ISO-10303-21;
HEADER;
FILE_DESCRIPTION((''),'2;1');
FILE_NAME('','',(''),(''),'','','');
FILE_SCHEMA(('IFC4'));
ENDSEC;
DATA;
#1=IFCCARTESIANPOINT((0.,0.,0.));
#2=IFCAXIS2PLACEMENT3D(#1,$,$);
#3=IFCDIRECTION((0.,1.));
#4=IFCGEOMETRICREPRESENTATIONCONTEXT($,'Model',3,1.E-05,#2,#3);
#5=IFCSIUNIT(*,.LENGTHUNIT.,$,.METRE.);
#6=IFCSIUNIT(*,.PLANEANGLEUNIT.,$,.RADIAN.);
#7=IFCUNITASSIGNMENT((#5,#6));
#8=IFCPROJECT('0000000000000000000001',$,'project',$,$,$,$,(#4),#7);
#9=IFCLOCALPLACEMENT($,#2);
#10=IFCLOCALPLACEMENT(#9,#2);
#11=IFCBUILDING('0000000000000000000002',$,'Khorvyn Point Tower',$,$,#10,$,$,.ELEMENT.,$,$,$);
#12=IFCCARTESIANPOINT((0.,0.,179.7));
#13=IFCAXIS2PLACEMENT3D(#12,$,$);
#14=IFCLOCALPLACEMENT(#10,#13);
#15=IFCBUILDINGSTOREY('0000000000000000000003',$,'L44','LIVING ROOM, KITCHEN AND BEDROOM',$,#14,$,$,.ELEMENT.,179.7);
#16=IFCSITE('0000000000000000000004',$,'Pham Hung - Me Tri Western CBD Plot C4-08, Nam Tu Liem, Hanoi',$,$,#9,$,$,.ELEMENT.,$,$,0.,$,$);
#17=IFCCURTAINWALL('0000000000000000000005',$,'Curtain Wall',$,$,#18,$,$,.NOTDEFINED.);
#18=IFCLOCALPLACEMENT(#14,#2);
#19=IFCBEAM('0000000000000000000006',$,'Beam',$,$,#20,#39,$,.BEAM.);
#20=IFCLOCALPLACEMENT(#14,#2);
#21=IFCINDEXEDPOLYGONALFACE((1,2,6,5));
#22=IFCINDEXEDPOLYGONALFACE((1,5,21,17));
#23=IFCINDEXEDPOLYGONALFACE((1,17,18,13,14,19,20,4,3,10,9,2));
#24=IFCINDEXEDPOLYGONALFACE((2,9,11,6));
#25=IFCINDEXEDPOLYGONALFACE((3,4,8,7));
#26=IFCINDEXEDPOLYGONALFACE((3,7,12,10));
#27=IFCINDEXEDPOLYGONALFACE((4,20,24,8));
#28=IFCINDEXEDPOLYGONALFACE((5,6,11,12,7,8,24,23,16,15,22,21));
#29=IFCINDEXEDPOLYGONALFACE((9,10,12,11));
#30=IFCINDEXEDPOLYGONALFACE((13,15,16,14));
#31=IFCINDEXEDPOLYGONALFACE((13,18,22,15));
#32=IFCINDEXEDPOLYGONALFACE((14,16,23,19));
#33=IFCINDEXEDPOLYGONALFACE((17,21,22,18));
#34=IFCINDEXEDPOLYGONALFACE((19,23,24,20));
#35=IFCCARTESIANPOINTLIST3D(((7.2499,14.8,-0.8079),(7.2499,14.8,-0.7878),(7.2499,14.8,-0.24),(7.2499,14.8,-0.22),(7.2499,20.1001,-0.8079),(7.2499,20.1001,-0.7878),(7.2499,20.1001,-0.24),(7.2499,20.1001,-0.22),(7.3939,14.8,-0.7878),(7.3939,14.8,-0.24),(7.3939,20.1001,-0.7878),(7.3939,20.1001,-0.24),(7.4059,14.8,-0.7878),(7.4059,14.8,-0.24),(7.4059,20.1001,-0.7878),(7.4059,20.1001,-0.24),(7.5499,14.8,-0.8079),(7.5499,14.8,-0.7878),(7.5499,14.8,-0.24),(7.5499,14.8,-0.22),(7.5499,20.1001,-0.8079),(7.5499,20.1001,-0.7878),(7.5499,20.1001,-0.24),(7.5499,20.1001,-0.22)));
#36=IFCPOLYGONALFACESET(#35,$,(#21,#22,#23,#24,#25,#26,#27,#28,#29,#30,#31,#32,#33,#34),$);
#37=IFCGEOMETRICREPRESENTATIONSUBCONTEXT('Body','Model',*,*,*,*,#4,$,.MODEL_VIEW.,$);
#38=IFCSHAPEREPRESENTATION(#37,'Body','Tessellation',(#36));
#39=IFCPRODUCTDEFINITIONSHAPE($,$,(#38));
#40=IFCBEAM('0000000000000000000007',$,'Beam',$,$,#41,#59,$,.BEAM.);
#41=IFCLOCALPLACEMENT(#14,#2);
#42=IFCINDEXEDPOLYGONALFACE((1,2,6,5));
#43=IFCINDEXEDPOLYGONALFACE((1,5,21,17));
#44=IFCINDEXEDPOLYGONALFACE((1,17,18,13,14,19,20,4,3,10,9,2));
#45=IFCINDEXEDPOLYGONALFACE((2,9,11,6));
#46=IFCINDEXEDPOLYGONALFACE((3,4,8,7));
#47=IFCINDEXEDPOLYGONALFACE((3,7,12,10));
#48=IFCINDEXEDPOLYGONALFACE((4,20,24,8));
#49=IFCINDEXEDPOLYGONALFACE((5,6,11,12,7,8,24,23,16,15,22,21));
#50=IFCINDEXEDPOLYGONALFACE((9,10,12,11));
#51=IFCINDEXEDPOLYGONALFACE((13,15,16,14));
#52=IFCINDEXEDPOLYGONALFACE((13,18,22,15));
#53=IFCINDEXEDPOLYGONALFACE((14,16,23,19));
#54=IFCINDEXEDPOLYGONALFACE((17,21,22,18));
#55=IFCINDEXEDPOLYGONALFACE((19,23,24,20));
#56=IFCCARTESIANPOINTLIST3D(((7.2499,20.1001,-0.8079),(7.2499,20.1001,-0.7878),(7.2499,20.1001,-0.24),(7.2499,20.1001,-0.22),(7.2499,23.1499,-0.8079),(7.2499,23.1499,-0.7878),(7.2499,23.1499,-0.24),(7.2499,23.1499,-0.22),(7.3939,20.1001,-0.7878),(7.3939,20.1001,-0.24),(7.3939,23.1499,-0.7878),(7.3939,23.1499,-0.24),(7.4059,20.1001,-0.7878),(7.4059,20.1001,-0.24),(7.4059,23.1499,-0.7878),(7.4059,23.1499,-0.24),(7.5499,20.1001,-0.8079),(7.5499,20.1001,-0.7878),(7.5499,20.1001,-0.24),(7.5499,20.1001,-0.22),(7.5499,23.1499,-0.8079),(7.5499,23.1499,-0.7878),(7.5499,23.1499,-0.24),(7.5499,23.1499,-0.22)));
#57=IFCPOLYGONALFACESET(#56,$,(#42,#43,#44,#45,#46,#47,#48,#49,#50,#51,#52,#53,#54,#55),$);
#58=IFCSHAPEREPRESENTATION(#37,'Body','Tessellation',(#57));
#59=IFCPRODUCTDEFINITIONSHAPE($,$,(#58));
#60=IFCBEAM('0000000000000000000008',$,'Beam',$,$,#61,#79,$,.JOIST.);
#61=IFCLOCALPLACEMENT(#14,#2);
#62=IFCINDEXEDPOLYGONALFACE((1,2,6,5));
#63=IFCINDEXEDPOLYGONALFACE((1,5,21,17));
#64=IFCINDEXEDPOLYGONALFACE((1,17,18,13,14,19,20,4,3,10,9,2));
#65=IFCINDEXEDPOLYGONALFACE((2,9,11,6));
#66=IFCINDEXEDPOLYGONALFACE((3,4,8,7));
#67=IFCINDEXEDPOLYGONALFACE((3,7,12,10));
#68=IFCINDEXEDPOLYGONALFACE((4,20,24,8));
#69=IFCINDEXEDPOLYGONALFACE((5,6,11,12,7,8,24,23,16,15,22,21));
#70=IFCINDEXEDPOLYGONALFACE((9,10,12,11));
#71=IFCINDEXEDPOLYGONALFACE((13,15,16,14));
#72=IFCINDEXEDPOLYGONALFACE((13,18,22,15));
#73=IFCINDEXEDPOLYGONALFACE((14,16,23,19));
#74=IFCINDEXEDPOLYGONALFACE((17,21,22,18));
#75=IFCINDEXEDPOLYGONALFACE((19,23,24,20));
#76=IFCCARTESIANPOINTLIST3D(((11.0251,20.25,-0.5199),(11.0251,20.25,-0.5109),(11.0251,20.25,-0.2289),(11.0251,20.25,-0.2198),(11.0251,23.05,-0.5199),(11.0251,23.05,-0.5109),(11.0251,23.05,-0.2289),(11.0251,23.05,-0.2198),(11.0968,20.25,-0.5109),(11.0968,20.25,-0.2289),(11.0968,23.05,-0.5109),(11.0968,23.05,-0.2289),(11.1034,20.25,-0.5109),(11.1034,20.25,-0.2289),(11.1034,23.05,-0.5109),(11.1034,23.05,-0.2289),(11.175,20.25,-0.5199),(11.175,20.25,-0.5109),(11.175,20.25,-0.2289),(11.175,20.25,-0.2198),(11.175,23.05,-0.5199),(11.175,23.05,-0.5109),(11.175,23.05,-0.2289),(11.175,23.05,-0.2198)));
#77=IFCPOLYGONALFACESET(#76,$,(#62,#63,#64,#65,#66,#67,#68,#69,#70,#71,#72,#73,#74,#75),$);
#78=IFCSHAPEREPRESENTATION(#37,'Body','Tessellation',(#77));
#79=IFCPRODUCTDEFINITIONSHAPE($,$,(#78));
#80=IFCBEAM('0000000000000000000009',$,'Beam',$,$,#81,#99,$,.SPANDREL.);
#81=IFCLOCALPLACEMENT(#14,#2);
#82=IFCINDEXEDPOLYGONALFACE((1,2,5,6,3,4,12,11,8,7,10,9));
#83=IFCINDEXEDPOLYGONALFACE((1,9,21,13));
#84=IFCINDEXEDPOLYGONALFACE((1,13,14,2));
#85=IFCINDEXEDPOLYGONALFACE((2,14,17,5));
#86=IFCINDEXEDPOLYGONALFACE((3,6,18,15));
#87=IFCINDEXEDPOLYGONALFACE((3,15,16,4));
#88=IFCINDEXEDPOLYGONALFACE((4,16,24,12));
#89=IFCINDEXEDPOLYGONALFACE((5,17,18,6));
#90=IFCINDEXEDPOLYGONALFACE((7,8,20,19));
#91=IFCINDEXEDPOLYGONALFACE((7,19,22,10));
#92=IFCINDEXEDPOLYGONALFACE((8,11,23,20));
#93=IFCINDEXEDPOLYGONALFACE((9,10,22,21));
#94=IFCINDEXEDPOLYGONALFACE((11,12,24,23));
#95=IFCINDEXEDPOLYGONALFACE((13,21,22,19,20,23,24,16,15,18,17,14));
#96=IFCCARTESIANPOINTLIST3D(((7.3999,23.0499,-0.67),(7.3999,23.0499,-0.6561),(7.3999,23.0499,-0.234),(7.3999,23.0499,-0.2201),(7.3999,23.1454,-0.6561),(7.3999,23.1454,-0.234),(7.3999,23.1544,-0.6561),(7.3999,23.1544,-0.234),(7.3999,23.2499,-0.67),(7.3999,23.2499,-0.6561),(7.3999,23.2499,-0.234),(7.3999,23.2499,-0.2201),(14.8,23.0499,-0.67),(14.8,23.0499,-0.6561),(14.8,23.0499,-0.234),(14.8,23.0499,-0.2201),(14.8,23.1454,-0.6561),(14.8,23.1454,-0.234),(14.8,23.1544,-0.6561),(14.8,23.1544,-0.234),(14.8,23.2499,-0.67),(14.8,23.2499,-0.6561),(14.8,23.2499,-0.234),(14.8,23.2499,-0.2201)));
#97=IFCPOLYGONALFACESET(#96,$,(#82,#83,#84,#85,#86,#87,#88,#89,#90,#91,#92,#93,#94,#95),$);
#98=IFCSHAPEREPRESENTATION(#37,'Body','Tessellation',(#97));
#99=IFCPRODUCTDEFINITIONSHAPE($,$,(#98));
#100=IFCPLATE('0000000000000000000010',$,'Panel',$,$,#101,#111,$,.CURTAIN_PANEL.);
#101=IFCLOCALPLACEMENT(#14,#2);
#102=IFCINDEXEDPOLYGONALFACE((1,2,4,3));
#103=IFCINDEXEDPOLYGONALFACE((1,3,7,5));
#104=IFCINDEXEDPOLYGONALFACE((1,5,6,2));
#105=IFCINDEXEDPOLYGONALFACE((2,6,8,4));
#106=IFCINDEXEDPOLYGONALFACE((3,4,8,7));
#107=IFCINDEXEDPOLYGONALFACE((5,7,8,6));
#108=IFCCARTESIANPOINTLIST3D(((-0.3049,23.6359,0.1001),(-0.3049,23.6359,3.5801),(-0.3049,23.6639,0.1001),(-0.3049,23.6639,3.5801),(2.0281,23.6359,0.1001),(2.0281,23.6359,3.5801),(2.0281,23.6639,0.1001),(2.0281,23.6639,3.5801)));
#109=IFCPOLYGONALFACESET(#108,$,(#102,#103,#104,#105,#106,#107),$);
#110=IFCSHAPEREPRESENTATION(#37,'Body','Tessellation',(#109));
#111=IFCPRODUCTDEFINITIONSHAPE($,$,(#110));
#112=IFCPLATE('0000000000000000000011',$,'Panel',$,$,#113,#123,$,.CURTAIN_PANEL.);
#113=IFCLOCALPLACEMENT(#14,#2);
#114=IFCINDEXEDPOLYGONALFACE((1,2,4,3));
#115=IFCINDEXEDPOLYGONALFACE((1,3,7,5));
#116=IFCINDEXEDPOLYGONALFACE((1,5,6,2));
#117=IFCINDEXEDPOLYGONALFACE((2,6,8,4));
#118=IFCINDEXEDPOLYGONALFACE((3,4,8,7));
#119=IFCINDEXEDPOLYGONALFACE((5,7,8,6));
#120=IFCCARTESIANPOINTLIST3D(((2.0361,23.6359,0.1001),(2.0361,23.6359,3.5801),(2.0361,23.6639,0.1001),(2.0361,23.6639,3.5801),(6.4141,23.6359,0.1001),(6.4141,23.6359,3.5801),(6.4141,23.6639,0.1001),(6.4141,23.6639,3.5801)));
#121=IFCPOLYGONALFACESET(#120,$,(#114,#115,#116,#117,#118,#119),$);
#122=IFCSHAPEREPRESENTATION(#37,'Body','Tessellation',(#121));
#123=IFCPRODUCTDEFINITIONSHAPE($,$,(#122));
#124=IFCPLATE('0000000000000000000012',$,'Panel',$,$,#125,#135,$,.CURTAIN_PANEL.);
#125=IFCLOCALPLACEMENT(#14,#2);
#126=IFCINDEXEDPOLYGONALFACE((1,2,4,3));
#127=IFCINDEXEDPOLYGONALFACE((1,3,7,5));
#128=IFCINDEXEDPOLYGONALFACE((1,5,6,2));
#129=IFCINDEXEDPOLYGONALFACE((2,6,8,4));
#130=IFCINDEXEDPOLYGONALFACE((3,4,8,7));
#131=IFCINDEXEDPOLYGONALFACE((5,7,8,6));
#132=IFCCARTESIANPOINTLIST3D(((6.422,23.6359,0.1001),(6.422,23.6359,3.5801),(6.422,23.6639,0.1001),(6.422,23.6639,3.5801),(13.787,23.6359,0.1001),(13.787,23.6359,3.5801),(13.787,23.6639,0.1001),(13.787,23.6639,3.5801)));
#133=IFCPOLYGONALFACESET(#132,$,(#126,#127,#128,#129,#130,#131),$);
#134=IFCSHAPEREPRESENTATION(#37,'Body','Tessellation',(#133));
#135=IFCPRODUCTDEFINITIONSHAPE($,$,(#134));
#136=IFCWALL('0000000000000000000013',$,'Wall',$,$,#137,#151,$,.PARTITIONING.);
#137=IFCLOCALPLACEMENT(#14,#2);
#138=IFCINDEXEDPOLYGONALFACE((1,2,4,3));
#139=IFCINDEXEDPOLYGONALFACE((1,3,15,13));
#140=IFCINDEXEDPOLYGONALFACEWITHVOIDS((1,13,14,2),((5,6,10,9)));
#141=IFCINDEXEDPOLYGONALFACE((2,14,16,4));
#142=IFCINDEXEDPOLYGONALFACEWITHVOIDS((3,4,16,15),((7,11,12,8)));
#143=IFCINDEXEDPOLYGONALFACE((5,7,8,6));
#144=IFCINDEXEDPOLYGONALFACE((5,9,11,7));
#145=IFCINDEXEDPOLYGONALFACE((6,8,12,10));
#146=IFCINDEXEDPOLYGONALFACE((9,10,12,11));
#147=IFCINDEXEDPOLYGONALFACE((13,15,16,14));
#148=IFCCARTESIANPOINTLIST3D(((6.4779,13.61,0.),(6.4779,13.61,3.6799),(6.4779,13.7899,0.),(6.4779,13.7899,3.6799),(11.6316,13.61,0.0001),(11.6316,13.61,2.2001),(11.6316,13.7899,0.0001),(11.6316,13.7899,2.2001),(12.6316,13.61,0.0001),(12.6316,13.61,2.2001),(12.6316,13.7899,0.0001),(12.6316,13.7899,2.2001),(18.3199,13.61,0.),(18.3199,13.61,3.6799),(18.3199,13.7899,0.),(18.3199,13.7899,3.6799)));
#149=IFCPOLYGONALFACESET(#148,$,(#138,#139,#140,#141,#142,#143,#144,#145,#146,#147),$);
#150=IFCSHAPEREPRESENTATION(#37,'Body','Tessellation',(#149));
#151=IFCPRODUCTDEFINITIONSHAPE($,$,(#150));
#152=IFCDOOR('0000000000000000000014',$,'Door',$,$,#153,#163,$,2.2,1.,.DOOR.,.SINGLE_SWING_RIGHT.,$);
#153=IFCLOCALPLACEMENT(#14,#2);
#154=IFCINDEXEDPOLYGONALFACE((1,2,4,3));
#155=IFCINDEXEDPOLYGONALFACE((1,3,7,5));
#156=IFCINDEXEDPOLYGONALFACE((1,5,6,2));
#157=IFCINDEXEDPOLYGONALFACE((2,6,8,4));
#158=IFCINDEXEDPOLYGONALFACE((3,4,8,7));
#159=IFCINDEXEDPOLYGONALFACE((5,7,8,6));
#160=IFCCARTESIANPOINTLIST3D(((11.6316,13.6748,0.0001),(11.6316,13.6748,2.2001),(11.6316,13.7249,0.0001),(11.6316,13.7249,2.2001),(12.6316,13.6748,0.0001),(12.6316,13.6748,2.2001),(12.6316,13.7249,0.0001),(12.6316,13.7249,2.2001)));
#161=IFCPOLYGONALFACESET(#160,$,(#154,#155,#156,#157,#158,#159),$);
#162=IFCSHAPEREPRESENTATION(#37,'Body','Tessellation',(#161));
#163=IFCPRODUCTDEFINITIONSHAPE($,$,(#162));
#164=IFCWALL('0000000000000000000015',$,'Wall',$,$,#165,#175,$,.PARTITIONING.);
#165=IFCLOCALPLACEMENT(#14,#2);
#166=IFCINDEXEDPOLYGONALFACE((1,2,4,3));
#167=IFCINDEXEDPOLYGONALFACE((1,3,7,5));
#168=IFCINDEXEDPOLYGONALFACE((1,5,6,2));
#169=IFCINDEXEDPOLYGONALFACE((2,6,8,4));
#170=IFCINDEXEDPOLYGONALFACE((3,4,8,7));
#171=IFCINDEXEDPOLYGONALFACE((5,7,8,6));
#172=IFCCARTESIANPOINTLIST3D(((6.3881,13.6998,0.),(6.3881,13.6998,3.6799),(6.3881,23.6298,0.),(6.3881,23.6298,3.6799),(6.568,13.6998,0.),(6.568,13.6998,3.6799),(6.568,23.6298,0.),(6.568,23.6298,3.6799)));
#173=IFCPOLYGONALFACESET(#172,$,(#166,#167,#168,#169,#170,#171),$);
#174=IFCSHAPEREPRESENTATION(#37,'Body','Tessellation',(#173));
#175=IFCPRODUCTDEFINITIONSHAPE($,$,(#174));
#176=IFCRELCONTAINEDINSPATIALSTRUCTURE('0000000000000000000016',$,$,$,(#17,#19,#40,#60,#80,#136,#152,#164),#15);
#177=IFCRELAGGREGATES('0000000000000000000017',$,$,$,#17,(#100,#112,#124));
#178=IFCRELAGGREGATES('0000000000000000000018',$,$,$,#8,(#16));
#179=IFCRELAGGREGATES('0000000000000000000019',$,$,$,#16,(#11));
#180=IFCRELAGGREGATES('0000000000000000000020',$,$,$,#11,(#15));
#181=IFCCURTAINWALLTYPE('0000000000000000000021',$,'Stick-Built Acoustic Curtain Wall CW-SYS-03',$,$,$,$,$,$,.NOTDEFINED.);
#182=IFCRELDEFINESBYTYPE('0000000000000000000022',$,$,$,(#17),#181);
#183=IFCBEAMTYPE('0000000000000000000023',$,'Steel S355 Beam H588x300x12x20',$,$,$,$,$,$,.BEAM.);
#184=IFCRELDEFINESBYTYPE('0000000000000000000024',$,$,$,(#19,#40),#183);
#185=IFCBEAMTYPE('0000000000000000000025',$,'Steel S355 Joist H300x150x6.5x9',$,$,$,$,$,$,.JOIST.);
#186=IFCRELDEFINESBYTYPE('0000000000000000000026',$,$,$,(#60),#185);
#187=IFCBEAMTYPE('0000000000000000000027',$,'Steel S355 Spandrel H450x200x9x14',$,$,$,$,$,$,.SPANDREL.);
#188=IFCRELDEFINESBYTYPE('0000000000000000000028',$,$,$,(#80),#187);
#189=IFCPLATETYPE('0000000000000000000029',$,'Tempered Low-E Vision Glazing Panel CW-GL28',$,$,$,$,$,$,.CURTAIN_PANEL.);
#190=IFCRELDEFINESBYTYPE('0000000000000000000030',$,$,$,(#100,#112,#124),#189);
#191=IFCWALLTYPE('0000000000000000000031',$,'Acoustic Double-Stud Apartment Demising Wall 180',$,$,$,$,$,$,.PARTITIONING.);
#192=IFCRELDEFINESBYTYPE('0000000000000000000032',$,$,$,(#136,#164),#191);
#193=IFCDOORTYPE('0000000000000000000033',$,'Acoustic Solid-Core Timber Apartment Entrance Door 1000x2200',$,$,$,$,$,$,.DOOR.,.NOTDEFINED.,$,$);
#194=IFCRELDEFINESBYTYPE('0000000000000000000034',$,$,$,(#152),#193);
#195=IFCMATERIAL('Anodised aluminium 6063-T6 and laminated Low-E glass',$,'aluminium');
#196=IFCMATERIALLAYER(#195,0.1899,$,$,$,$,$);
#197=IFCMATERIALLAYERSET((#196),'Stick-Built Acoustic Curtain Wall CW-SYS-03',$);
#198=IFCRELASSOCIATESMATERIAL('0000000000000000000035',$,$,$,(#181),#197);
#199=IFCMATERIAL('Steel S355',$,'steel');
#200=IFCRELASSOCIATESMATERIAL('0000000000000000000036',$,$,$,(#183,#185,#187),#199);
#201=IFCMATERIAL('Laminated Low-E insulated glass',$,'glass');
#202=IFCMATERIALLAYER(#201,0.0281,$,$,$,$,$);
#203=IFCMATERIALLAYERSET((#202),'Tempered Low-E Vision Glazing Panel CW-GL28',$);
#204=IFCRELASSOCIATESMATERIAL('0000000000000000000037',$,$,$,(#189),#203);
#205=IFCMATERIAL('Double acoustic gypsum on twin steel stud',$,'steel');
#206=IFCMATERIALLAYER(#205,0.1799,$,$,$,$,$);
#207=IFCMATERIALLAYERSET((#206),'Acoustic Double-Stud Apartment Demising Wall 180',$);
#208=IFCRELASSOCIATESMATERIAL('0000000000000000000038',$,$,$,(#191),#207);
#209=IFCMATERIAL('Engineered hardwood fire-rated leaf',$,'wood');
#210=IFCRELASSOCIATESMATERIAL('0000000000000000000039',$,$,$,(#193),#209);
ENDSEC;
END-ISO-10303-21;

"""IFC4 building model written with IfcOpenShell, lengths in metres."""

from ifc_helpers import new_model, si_unit, direction, frame, frame_2d, origin, origin_2d, place, context, subcontext, project, spatial, rectangle, i_section, extrude, material, layer, layer_set, material_profile, profile_set, type_object, element, fill, aggregate, save


model = new_model("IFC4")

# Units and contexts
model_context = context("Model", 3, precision=1e-05, world=origin(), true_north=direction((0.0, 1.0)))
body_context = subcontext(model_context, "Body", "Model", "MODEL_VIEW")
ifc_project = project(units=[si_unit("LENGTHUNIT", "METRE"), si_unit("PLANEANGLEUNIT", "RADIAN")], contexts=[model_context])

# Site, building, storey
site_placement = place(None, origin())
site = spatial("IfcSite", under=ifc_project, at=site_placement, Name="Pham Hung - Me Tri Western CBD Plot C4-08, Nam Tu Liem, Hanoi", CompositionType="ELEMENT", RefElevation=0.0)
building_placement = place(site_placement, origin())
building = spatial("IfcBuilding", under=site, at=building_placement, Name="Khorvyn Point Tower", CompositionType="ELEMENT")
storey_placement = place(building_placement, frame((0.0, 0.0, 179.7)))
storey = spatial("IfcBuildingStorey", under=building, at=storey_placement, Name="L44", Description="LIVING ROOM, KITCHEN AND BEDROOM", CompositionType="ELEMENT", Elevation=179.7)

# Curtain wall
ifc_material_1 = material(Name="Anodised aluminium 6063-T6 and laminated Low-E glass", Category="aluminium")
ifc_layer_1 = layer(ifc_material_1, 0.1899)
ifc_layer_set_1 = layer_set([ifc_layer_1], Name="Stick-Built Acoustic Curtain Wall CW-SYS-03")
curtain_wall_type = type_object("IfcCurtainWallType", Name="Stick-Built Acoustic Curtain Wall CW-SYS-03", PredefinedType="NOTDEFINED", material=ifc_layer_set_1)
curtain_wall_placement = place(storey_placement, origin())
curtain_wall = element("IfcCurtainWall", 1, at=curtain_wall_placement, inside=storey, type_object=curtain_wall_type, Name="Curtain Wall", PredefinedType="NOTDEFINED")

# Beams
ifc_material_2 = material(Name="Steel S355", Category="steel")
ifc_material_profile_1 = material_profile(ifc_material_2, i_section(OverallWidth=0.3, OverallDepth=0.5879, WebThickness=0.012, FlangeThickness=0.02, at=origin_2d()))
ifc_profile_set_1 = profile_set([ifc_material_profile_1], Name="Steel S355 H588x300x12x20")
beam_type_1 = type_object("IfcBeamType", Name="Steel S355 Beam H588x300x12x20", PredefinedType="BEAM", material=ifc_profile_set_1)
beam_1_placement = place(storey_placement, frame((7.3999, 14.8, -0.5139), z_axis=(0.0, 1.0, 0.0), x_axis=(-1.0, 0.0, 0.0)))
element("IfcBeam", 2, at=beam_1_placement, inside=storey, type_object=beam_type_1, Name="Beam", PredefinedType="BEAM", context=body_context, shape_type="SweptSolid", body=[
    extrude(i_section(OverallWidth=0.3, OverallDepth=0.5879, WebThickness=0.012, FlangeThickness=0.02, at=origin_2d()), origin(), (0.0, 0.0, 1.0), 5.3),
])
beam_2_placement = place(storey_placement, frame((7.3999, 20.1001, -0.5139), z_axis=(0.0, 1.0, 0.0), x_axis=(-1.0, 0.0, 0.0)))
element("IfcBeam", 3, at=beam_2_placement, inside=storey, type_object=beam_type_1, Name="Beam", PredefinedType="BEAM", context=body_context, shape_type="SweptSolid", body=[
    extrude(i_section(OverallWidth=0.3, OverallDepth=0.5879, WebThickness=0.012, FlangeThickness=0.02, at=origin_2d()), origin(), (0.0, 0.0, 1.0), 3.0498),
])
ifc_material_profile_2 = material_profile(ifc_material_2, i_section(OverallWidth=0.1499, OverallDepth=0.3, WebThickness=0.0066, FlangeThickness=0.009, at=origin_2d()))
ifc_profile_set_2 = profile_set([ifc_material_profile_2], Name="Steel S355 H300x150x6.5x9")
beam_type_2 = type_object("IfcBeamType", Name="Steel S355 Joist H300x150x6.5x9", PredefinedType="JOIST", material=ifc_profile_set_2)
beam_3_placement = place(storey_placement, frame((11.1001, 20.25, -0.3699), z_axis=(0.0, 1.0, 0.0), x_axis=(-1.0, 0.0, 0.0)))
element("IfcBeam", 4, at=beam_3_placement, inside=storey, type_object=beam_type_2, Name="Beam", PredefinedType="JOIST", context=body_context, shape_type="SweptSolid", body=[
    extrude(i_section(OverallWidth=0.1499, OverallDepth=0.3, WebThickness=0.0066, FlangeThickness=0.009, at=origin_2d()), origin(), (0.0, 0.0, 1.0), 2.8),
])
ifc_material_profile_3 = material_profile(ifc_material_2, i_section(OverallWidth=0.2, OverallDepth=0.45, WebThickness=0.009, FlangeThickness=0.0139, at=origin_2d()))
ifc_profile_set_3 = profile_set([ifc_material_profile_3], Name="Steel S355 H450x200x9x14")
beam_type_3 = type_object("IfcBeamType", Name="Steel S355 Spandrel H450x200x9x14", PredefinedType="SPANDREL", material=ifc_profile_set_3)
beam_4_placement = place(storey_placement, frame((7.3999, 23.1499, -0.4451), z_axis=(1.0, 0.0, 0.0), x_axis=(0.0, 1.0, 0.0)))
element("IfcBeam", 5, at=beam_4_placement, inside=storey, type_object=beam_type_3, Name="Beam", PredefinedType="SPANDREL", context=body_context, shape_type="SweptSolid", body=[
    extrude(i_section(OverallWidth=0.2, OverallDepth=0.45, WebThickness=0.009, FlangeThickness=0.0139, at=origin_2d()), origin(), (0.0, 0.0, 1.0), 7.4001),
])

# Plates
ifc_material_3 = material(Name="Laminated Low-E insulated glass", Category="glass")
ifc_layer_2 = layer(ifc_material_3, 0.0281)
ifc_layer_set_2 = layer_set([ifc_layer_2], Name="Tempered Low-E Vision Glazing Panel CW-GL28")
plate_type = type_object("IfcPlateType", Name="Tempered Low-E Vision Glazing Panel CW-GL28", PredefinedType="CURTAIN_PANEL", material=ifc_layer_set_2)
plate_1_placement = place(storey_placement, frame((0.8616, 23.6499, 0.1001), z_axis=(0.0, 0.0, 1.0), x_axis=(1.0, 0.0, 0.0)))
plate_1 = element("IfcPlate", 6, at=plate_1_placement, type_object=plate_type, Name="Panel", PredefinedType="CURTAIN_PANEL", context=body_context, shape_type="SweptSolid", body=[
    extrude(rectangle(XDim=2.333, YDim=0.0281, at=origin_2d()), origin(), (0.0, 0.0, 1.0), 3.48),
])
plate_2_placement = place(storey_placement, frame((4.2251, 23.6499, 0.1001), z_axis=(0.0, 0.0, 1.0), x_axis=(1.0, 0.0, 0.0)))
plate_2 = element("IfcPlate", 7, at=plate_2_placement, type_object=plate_type, Name="Panel", PredefinedType="CURTAIN_PANEL", context=body_context, shape_type="SweptSolid", body=[
    extrude(rectangle(XDim=4.3779, YDim=0.0281, at=origin_2d()), origin(), (0.0, 0.0, 1.0), 3.48),
])
plate_3_placement = place(storey_placement, frame((10.1045, 23.6499, 0.1001), z_axis=(0.0, 0.0, 1.0), x_axis=(1.0, 0.0, 0.0)))
plate_3 = element("IfcPlate", 8, at=plate_3_placement, type_object=plate_type, Name="Panel", PredefinedType="CURTAIN_PANEL", context=body_context, shape_type="SweptSolid", body=[
    extrude(rectangle(XDim=7.365, YDim=0.0281, at=origin_2d()), origin(), (0.0, 0.0, 1.0), 3.48),
])
aggregate(curtain_wall, [plate_1, plate_2, plate_3])

# Wall, opening, door
ifc_material_4 = material(Name="Double acoustic gypsum on twin steel stud", Category="steel")
ifc_layer_3 = layer(ifc_material_4, 0.1799)
ifc_layer_set_3 = layer_set([ifc_layer_3], Name="Acoustic Double-Stud Apartment Demising Wall 180")
wall_type_1 = type_object("IfcWallType", Name="Acoustic Double-Stud Apartment Demising Wall 180", PredefinedType="PARTITIONING", material=ifc_layer_set_3)
wall_1_placement = place(storey_placement, frame((6.478, 13.7, 0.0), z_axis=(0.0, 0.0, 1.0), x_axis=(1.0, 0.0, 0.0)))
wall_1 = element("IfcWall", 9, at=wall_1_placement, inside=storey, type_object=wall_type_1, Name="Wall", PredefinedType="PARTITIONING", context=body_context, shape_type="SweptSolid", body=[
    extrude(rectangle(XDim=11.842, YDim=0.1799, at=frame_2d((5.9209, 0.0))), origin(), (0.0, 0.0, 1.0), 3.6799),
])
opening_1_placement = place(wall_1_placement, frame((5.1536, 0.0, 0.0)))
opening_1 = element("IfcOpeningElement", 10, at=opening_1_placement, cuts=wall_1, PredefinedType="OPENING", context=body_context, shape_type="SweptSolid", body=[
    extrude(rectangle(XDim=1.0, YDim=2.2, at=frame_2d((0.5, 1.1001))), frame((0.0, 0.0999, 0.0), z_axis=(0.0, -1.0, 0.0), x_axis=(1.0, 0.0, 0.0)), (0.0, 0.0, 1.0), 0.2),
])
ifc_material_5 = material(Name="Engineered hardwood fire-rated leaf", Category="wood")
door_type_1 = type_object("IfcDoorType", Name="Acoustic Solid-Core Timber Apartment Entrance Door 1000x2200", OperationType="NOTDEFINED", PredefinedType="DOOR", material=ifc_material_5)
door_1_placement = place(opening_1_placement, origin())
door_1 = element("IfcDoor", 11, at=door_1_placement, inside=storey, type_object=door_type_1, Name="Door", OperationType="SINGLE_SWING_RIGHT", OverallHeight=2.2, OverallWidth=1.0, PredefinedType="DOOR", context=body_context, shape_type="SweptSolid", body=[
    extrude(rectangle(XDim=1.0, YDim=2.2, at=frame_2d((0.5, 1.1001))), frame((0.0, 0.0249, 0.0), z_axis=(0.0, -1.0, 0.0), x_axis=(1.0, 0.0, 0.0)), (0.0, 0.0, 1.0), 0.05),
])
fill(opening_1, door_1)

# Wall
wall_2_placement = place(storey_placement, frame((6.478, 13.7, 0.0), z_axis=(0.0, 0.0, 1.0), x_axis=(0.0, 1.0, 0.0)))
element("IfcWall", 12, at=wall_2_placement, inside=storey, type_object=wall_type_1, Name="Wall", PredefinedType="PARTITIONING", context=body_context, shape_type="SweptSolid", body=[
    extrude(rectangle(XDim=9.9299, YDim=0.1799, at=frame_2d((4.9648, 0.0))), origin(), (0.0, 0.0, 1.0), 3.6799),
])

save(model, "model.ifc")
